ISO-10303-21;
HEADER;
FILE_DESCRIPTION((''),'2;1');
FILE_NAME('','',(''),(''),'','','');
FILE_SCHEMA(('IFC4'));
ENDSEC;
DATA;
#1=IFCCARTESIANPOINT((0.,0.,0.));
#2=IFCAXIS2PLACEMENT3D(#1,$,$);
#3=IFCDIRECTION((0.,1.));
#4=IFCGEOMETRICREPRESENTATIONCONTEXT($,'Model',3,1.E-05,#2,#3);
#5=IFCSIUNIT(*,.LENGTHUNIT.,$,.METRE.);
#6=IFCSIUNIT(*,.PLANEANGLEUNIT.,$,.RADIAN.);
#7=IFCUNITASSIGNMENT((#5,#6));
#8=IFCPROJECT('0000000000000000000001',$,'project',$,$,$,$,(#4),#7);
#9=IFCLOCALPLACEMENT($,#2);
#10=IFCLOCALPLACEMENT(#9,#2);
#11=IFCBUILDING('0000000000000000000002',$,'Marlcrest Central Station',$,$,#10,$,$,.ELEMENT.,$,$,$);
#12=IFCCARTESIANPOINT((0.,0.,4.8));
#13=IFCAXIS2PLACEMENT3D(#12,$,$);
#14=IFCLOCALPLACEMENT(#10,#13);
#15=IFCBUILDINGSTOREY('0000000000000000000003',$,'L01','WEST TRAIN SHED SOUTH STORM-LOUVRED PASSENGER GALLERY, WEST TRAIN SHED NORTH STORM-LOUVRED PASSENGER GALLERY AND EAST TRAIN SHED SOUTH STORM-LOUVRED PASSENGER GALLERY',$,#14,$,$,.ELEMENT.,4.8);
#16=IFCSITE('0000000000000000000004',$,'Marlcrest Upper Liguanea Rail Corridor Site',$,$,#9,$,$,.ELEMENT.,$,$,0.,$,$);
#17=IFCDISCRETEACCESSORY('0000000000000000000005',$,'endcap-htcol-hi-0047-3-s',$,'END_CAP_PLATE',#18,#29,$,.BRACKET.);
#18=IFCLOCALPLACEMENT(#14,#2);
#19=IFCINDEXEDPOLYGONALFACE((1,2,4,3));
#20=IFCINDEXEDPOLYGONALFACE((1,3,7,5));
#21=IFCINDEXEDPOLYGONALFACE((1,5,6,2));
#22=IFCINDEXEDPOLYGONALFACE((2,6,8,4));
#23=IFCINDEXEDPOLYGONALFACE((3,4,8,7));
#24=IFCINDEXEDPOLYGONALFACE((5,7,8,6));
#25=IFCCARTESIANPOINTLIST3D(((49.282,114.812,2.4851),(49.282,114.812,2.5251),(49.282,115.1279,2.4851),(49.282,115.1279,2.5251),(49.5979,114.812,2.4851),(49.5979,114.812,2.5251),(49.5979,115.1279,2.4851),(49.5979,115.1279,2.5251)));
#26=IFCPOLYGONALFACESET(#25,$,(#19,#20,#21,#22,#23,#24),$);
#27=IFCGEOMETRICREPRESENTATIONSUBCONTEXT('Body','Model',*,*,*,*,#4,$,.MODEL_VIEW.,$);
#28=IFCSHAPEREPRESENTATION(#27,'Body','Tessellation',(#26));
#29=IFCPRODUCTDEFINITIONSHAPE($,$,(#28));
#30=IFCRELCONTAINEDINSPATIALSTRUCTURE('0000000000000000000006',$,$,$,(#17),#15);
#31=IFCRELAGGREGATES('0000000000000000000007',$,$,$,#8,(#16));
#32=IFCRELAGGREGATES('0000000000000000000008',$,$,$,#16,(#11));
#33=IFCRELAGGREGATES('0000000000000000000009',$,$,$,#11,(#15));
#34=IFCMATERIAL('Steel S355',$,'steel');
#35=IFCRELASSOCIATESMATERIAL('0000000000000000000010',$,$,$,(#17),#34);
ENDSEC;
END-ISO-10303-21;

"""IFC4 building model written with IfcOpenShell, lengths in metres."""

from ifc_helpers import new_model, si_unit, direction, frame, origin, origin_2d, place, context, subcontext, project, spatial, rectangle, extrude, material, element, save


model = new_model("IFC4")

# Units and contexts
model_context = context("Model", 3, precision=1e-05, world=origin(), true_north=direction((0.0, 1.0)))
body_context = subcontext(model_context, "Body", "Model", "MODEL_VIEW")
ifc_project = project(units=[si_unit("LENGTHUNIT", "METRE"), si_unit("PLANEANGLEUNIT", "RADIAN")], contexts=[model_context])

# Site, building, storey
site_placement = place(None, origin())
site = spatial("IfcSite", under=ifc_project, at=site_placement, Name="Marlcrest Upper Liguanea Rail Corridor Site", CompositionType="ELEMENT", RefElevation=0.0)
building_placement = place(site_placement, origin())
building = spatial("IfcBuilding", under=site, at=building_placement, Name="Marlcrest Central Station", CompositionType="ELEMENT")
storey_placement = place(building_placement, frame((0.0, 0.0, 4.8)))
storey = spatial("IfcBuildingStorey", under=building, at=storey_placement, Name="L01", Description="WEST TRAIN SHED SOUTH STORM-LOUVRED PASSENGER GALLERY, WEST TRAIN SHED NORTH STORM-LOUVRED PASSENGER GALLERY AND EAST TRAIN SHED SOUTH STORM-LOUVRED PASSENGER GALLERY", CompositionType="ELEMENT", Elevation=4.8)

# Shared definitions
ifc_material_1 = material(Name="Steel S355", Category="steel")

# Discrete accessory
for number, where, z_axis, x_axis, name in (
    (1, (49.4399, 114.97, 2.4851), (0.0, 0.0, 1.0), (1.0, 0.0, 0.0), "endcap-htcol-hi-0047-3-s"),
):
    element("IfcDiscreteAccessory", number, at=place(storey_placement, frame(where, z_axis=z_axis, x_axis=x_axis)), inside=storey, material=ifc_material_1, Name=name, ObjectType="END_CAP_PLATE", PredefinedType="BRACKET", context=body_context, shape_type="SweptSolid", body=[
        extrude(rectangle(XDim=0.3159, YDim=0.3159, at=origin_2d()), origin(), (0.0, 0.0, 1.0), 0.04),
    ])

save(model, "model.ifc")
